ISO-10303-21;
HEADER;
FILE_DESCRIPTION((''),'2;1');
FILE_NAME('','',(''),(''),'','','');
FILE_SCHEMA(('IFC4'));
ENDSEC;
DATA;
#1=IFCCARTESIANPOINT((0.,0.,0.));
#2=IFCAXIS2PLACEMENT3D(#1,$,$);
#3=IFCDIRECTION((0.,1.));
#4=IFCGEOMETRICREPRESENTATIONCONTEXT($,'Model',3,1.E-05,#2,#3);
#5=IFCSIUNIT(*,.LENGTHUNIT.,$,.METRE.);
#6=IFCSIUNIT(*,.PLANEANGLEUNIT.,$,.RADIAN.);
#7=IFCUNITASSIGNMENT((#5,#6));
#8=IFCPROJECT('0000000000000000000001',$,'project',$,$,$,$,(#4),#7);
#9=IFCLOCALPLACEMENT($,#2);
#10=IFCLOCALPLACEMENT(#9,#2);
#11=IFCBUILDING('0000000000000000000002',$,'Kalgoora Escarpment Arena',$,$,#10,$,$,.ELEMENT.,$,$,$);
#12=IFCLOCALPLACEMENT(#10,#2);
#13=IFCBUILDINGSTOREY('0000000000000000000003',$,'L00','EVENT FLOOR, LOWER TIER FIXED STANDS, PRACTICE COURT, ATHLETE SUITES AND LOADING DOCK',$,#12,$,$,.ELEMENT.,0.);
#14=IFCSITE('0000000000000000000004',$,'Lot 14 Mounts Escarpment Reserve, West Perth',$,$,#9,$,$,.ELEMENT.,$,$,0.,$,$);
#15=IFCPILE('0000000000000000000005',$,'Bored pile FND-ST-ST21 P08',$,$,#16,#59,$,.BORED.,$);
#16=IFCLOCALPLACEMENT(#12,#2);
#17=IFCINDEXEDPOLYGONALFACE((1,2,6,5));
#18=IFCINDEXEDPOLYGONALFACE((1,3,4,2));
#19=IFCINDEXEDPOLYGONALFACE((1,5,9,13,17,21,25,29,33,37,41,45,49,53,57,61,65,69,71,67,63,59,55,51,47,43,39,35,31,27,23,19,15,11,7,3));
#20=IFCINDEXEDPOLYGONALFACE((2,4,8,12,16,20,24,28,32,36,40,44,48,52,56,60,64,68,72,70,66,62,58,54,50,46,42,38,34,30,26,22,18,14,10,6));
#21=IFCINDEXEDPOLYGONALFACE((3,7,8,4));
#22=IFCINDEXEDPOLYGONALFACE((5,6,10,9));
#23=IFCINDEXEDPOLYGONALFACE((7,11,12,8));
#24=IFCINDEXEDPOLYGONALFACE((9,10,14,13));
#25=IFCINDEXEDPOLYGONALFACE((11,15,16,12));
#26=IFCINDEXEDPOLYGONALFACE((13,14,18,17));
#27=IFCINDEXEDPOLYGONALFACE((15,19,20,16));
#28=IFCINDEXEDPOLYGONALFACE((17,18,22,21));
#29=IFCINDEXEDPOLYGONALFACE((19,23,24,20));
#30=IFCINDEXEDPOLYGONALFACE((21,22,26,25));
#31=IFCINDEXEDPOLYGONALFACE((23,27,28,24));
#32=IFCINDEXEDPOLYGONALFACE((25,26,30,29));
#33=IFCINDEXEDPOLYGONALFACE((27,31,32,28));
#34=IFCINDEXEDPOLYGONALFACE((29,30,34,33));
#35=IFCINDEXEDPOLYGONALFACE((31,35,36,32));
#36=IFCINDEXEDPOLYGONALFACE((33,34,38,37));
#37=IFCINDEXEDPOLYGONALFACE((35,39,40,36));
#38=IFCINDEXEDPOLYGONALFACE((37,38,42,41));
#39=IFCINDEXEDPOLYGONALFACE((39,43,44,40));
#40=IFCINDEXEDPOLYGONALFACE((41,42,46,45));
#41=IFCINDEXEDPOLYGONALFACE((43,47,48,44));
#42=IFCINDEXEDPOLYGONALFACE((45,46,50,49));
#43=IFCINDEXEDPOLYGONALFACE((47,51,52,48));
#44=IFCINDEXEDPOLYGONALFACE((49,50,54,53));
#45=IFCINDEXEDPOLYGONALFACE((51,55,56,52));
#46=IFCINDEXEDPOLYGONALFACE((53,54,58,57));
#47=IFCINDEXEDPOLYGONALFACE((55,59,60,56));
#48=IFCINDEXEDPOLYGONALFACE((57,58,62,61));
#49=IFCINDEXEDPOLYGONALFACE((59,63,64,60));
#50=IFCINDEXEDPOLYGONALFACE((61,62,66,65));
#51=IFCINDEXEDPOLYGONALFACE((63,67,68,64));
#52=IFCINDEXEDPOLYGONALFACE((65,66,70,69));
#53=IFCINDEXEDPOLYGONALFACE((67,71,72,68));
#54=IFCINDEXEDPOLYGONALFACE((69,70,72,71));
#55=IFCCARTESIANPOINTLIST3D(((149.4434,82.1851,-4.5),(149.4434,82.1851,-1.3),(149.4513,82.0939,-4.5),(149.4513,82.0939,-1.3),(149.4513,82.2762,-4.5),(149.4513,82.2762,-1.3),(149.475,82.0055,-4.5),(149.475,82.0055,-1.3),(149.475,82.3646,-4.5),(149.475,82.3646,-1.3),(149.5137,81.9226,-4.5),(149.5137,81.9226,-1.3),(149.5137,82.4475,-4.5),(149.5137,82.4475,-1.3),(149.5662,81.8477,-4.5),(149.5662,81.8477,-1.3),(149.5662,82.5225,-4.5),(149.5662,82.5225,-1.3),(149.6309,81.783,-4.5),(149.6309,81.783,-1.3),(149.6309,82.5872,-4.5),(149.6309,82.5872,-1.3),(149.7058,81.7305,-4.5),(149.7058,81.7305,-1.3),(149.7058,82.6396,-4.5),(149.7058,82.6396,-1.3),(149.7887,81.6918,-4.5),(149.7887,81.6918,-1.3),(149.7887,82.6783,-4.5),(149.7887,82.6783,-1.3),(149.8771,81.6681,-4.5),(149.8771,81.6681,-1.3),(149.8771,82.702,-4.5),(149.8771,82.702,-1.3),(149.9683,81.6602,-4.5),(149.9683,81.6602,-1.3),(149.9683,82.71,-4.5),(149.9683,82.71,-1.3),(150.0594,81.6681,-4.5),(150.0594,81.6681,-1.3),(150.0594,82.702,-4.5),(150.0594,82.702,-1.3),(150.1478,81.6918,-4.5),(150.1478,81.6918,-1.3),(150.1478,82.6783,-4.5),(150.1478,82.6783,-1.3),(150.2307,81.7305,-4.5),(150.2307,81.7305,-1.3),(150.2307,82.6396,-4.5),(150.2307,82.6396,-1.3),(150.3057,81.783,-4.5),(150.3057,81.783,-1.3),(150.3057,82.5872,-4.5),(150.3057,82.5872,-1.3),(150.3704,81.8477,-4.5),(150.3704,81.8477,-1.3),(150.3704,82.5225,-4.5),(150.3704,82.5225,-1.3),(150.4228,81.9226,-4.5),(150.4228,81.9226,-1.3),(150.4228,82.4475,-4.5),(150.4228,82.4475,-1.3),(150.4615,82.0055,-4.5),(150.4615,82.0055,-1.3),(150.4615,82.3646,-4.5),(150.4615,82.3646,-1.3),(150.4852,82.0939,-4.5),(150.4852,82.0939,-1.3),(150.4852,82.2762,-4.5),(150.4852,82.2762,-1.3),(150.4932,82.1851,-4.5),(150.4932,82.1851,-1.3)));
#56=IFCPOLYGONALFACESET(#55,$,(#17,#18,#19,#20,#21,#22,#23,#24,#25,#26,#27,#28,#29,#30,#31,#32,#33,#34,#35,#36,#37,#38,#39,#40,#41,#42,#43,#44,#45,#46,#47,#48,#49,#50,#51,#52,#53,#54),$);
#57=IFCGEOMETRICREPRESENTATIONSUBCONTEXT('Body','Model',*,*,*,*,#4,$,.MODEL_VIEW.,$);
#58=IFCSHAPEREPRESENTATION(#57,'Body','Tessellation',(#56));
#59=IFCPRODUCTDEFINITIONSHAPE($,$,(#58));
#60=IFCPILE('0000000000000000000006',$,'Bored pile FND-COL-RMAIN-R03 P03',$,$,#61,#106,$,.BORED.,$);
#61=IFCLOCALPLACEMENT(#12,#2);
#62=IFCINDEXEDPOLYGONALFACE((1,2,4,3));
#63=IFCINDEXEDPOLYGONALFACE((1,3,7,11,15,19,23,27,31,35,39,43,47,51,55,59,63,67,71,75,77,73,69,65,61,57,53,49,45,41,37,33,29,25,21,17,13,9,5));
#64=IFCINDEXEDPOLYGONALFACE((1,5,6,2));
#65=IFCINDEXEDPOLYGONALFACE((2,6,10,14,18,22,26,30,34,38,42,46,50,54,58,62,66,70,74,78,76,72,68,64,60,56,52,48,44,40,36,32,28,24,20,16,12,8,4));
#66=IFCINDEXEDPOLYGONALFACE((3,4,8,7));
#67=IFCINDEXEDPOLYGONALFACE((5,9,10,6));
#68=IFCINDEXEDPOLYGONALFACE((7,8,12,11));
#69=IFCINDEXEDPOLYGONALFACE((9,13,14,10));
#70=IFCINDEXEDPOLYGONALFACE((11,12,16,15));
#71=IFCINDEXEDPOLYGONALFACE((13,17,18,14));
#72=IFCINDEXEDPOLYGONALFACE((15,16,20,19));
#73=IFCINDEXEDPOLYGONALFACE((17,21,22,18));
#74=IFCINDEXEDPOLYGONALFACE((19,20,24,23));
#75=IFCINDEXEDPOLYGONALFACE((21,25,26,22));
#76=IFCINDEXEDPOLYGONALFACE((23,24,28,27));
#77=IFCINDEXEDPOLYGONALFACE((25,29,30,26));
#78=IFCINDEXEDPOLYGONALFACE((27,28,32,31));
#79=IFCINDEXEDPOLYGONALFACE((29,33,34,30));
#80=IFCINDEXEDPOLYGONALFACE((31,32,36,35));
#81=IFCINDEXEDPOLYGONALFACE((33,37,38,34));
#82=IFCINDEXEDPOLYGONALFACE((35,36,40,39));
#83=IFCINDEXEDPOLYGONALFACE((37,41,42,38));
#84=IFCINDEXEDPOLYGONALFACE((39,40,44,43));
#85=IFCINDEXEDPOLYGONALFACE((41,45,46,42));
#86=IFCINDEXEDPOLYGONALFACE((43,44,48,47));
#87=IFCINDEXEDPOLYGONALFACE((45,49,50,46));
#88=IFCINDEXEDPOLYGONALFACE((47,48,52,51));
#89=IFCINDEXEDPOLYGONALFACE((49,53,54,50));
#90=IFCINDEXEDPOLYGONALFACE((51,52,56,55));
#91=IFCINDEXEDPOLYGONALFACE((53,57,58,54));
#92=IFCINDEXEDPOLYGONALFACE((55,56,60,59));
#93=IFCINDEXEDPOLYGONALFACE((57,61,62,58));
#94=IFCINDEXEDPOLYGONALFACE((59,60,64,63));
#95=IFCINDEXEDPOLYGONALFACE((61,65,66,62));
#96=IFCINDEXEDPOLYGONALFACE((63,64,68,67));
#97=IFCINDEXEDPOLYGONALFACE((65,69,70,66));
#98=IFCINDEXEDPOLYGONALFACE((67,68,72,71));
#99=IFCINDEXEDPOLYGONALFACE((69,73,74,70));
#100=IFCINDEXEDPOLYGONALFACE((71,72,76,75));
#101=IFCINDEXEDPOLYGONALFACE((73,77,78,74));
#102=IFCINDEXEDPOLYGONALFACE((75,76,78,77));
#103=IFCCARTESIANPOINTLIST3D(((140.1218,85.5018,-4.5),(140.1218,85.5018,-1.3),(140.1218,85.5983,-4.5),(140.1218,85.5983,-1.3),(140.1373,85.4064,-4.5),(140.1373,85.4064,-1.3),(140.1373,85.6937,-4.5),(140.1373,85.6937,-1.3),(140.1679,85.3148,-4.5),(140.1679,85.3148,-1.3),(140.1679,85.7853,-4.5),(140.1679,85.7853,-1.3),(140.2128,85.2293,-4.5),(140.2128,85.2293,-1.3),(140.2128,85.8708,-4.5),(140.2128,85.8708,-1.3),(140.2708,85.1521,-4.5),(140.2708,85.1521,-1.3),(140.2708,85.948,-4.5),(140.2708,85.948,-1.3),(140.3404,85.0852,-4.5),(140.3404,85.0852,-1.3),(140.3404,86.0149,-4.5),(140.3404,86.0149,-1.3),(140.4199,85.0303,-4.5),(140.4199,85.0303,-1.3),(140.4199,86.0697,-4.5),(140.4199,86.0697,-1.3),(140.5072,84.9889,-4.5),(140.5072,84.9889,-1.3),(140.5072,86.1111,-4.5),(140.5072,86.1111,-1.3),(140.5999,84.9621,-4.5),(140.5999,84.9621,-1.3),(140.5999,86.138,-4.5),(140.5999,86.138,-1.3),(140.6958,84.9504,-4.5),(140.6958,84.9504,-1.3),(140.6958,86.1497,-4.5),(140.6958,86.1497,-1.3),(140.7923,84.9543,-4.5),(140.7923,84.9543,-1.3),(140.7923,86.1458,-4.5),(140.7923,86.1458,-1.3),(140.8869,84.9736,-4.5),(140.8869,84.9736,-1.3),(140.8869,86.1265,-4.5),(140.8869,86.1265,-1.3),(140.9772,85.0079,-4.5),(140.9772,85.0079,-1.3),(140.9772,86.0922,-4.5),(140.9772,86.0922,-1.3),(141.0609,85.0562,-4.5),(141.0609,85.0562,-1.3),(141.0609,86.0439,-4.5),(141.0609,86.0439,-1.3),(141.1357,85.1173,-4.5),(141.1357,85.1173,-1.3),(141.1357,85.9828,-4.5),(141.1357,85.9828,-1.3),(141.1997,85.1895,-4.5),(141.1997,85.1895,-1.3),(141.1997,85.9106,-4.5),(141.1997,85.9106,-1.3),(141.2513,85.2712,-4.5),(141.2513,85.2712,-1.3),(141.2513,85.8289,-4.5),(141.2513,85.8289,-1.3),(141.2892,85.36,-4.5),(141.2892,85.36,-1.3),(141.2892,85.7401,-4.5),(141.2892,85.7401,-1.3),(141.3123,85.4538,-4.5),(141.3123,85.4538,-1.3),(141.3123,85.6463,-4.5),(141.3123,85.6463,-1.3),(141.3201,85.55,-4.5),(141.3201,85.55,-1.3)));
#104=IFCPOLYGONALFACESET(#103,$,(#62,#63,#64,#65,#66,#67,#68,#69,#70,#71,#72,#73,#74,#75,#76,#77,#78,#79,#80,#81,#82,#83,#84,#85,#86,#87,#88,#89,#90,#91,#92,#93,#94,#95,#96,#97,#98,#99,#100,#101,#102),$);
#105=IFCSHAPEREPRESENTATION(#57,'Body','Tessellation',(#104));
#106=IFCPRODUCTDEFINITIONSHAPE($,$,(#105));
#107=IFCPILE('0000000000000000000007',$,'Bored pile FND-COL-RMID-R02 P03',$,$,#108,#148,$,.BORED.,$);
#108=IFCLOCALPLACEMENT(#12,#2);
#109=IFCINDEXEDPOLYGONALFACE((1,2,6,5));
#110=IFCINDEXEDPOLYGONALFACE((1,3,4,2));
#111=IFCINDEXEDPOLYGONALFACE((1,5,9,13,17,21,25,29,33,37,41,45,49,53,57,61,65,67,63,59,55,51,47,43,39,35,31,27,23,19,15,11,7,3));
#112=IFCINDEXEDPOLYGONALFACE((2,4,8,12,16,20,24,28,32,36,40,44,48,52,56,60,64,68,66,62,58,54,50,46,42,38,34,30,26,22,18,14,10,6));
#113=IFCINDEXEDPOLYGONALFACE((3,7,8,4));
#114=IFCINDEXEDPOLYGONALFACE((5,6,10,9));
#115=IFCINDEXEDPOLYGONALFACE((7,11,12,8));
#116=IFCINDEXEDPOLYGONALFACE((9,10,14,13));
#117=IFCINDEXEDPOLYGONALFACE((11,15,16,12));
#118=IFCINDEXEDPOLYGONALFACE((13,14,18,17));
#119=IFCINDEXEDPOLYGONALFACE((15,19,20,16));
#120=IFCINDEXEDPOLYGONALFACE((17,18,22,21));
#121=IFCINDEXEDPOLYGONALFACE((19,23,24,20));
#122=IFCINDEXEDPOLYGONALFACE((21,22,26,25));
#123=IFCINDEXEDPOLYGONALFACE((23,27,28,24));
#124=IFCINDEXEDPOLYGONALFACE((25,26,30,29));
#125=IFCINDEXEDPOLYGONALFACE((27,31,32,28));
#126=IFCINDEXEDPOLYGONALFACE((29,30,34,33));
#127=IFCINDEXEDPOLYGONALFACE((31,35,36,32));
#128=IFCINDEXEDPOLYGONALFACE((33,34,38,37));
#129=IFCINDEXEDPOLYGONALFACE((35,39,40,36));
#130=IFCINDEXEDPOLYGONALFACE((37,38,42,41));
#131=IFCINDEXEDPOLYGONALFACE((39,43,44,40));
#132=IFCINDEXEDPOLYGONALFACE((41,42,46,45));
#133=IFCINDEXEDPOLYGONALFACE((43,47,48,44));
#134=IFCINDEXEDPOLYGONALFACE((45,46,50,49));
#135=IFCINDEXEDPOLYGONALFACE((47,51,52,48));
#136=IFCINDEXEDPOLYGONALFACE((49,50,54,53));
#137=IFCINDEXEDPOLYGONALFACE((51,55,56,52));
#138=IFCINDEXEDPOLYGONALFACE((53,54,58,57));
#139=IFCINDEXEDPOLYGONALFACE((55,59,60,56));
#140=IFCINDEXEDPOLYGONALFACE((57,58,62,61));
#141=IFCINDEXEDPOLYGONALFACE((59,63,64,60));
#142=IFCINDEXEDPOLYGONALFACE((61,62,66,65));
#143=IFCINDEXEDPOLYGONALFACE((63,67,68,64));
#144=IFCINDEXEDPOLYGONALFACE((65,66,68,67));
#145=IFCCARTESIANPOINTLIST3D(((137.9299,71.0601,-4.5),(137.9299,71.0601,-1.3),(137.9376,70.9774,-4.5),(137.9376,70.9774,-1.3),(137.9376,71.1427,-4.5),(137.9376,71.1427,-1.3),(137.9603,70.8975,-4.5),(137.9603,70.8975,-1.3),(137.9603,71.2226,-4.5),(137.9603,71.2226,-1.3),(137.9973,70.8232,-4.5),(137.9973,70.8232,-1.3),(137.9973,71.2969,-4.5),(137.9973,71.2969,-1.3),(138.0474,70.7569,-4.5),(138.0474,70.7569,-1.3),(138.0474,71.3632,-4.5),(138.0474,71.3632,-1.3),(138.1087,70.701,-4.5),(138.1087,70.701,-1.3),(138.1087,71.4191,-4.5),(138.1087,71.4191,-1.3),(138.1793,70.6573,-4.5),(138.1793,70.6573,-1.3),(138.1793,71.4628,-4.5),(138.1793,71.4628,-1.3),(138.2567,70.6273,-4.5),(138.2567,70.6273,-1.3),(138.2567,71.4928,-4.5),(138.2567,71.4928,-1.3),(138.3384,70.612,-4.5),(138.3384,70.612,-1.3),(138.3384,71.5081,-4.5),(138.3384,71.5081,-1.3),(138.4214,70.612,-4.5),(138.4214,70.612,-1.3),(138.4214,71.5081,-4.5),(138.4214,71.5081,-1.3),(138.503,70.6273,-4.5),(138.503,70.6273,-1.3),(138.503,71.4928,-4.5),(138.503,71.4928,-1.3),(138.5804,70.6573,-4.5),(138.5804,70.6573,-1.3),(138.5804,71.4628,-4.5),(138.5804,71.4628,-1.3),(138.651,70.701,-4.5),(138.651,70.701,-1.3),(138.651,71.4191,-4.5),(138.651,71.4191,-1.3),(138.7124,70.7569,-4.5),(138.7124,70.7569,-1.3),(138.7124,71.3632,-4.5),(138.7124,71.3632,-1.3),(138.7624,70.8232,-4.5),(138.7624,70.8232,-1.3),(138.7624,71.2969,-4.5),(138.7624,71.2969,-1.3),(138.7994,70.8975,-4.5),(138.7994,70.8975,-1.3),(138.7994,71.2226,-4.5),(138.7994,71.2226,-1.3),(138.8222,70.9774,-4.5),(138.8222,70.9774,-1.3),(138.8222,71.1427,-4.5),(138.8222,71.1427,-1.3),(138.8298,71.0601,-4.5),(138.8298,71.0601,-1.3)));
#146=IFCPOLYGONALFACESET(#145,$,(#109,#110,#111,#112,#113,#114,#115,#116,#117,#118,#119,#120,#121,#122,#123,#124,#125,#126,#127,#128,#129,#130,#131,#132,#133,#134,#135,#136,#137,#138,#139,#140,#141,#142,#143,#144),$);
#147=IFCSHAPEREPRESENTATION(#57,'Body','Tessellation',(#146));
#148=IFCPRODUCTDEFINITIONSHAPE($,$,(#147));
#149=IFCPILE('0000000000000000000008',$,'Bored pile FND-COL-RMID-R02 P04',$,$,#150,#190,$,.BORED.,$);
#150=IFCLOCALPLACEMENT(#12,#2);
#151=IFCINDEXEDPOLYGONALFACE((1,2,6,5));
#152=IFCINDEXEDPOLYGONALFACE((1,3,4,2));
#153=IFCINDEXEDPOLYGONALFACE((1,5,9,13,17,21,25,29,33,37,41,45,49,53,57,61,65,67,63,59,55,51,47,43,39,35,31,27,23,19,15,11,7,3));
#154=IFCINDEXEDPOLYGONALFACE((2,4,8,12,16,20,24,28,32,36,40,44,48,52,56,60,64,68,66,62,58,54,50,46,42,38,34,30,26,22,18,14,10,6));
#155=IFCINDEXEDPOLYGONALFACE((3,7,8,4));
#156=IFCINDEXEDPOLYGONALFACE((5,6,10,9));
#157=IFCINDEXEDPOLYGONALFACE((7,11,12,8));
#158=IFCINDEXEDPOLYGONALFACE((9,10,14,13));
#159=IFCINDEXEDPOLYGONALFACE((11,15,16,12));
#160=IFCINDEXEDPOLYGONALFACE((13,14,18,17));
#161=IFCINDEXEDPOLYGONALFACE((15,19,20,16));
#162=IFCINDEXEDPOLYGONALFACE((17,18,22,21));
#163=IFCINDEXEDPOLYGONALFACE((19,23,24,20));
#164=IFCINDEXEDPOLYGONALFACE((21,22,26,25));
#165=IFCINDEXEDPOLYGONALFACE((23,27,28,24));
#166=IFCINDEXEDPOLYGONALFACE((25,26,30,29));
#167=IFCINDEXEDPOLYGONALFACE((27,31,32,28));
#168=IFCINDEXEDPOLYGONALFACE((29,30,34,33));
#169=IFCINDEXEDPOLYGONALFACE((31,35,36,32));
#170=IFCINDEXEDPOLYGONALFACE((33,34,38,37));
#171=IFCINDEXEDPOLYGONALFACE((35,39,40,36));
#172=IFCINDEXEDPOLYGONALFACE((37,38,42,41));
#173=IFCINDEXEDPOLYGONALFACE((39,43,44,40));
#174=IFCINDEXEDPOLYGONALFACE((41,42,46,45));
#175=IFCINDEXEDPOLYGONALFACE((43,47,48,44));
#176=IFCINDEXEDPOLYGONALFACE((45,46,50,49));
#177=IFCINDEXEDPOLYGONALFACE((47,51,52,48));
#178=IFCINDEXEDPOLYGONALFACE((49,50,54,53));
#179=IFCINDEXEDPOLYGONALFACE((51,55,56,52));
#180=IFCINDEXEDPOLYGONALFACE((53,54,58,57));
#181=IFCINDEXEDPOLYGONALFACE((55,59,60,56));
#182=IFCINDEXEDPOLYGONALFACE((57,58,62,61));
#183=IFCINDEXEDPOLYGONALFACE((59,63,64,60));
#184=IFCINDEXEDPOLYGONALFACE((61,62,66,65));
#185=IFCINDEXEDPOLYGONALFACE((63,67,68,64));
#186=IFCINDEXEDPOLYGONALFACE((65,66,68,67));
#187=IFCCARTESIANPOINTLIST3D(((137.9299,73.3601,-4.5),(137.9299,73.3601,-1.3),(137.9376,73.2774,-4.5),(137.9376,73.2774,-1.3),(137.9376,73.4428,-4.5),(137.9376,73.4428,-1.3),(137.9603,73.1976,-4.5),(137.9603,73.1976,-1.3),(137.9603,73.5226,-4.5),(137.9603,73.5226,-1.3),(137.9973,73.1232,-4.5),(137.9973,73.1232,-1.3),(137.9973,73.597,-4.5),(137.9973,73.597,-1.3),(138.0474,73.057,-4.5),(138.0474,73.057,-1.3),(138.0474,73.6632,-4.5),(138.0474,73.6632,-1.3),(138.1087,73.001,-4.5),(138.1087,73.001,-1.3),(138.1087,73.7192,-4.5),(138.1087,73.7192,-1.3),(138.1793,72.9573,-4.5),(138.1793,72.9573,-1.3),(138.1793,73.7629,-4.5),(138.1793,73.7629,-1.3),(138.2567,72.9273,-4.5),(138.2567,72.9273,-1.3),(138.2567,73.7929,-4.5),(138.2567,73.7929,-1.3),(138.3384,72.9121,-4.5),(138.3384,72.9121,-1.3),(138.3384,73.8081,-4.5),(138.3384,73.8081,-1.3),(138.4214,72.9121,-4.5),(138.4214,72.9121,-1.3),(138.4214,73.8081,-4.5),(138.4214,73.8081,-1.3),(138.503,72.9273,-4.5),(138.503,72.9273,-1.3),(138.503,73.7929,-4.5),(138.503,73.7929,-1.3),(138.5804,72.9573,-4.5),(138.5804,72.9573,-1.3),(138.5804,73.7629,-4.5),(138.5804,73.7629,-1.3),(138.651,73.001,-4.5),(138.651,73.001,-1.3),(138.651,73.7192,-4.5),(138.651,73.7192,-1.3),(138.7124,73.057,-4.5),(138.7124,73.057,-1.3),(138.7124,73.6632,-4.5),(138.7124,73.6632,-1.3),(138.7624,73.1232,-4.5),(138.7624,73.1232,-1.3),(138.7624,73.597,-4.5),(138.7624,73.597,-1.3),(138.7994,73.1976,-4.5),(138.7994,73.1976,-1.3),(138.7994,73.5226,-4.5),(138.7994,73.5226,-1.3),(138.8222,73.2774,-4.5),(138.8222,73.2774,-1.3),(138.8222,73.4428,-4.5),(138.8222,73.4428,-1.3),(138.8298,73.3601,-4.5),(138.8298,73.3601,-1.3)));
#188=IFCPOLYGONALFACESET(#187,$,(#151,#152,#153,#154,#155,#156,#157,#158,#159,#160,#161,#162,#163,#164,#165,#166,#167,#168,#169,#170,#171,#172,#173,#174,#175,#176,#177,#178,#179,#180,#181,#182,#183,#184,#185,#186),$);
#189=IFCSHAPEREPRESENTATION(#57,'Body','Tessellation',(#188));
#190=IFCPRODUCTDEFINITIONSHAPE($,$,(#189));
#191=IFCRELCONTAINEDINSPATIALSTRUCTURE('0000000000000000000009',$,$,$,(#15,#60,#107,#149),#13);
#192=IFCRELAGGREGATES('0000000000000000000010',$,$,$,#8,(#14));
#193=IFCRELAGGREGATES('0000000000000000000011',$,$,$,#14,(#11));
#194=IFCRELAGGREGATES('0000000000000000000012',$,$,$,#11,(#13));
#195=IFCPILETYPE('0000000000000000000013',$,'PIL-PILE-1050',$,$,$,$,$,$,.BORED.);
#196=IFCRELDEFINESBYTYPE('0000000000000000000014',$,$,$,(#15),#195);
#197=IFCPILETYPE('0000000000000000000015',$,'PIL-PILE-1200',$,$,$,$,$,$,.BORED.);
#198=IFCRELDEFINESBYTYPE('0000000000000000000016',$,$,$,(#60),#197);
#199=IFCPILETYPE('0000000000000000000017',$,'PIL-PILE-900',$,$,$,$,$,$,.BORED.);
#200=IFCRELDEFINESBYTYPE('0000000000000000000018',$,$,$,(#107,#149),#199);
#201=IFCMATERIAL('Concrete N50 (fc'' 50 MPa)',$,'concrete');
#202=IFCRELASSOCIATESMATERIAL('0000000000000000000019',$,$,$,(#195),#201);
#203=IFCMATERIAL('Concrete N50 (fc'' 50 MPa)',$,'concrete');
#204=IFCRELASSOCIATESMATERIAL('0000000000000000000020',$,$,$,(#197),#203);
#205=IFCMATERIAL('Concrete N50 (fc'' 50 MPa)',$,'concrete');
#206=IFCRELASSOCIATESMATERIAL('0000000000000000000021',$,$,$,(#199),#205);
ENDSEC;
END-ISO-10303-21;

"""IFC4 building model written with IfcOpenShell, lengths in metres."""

from ifc_helpers import new_model, si_unit, direction, frame, origin, origin_2d, place, context, subcontext, project, spatial, circle, extrude, material, material_profile, profile_set, type_object, element, save


model = new_model("IFC4")

# Units and contexts
model_context = context("Model", 3, precision=1e-05, world=origin(), true_north=direction((0.0, 1.0)))
body_context = subcontext(model_context, "Body", "Model", "MODEL_VIEW")
ifc_project = project(units=[si_unit("LENGTHUNIT", "METRE"), si_unit("PLANEANGLEUNIT", "RADIAN")], contexts=[model_context])

# Site, building, storey
site_placement = place(None, origin())
site = spatial("IfcSite", under=ifc_project, at=site_placement, Name="Lot 14 Mounts Escarpment Reserve, West Perth", CompositionType="ELEMENT", RefElevation=0.0)
building_placement = place(site_placement, origin())
building = spatial("IfcBuilding", under=site, at=building_placement, Name="Kalgoora Escarpment Arena", CompositionType="ELEMENT")
storey_placement = place(building_placement, origin())
storey = spatial("IfcBuildingStorey", under=building, at=storey_placement, Name="L00", Description="EVENT FLOOR, LOWER TIER FIXED STANDS, PRACTICE COURT, ATHLETE SUITES AND LOADING DOCK", CompositionType="ELEMENT", Elevation=0.0)

# Piles
ifc_material_1 = material(Name="Concrete N50 (fc' 50 MPa)", Category="concrete")
ifc_material_profile_1 = material_profile(ifc_material_1, circle(Radius=0.5249, at=origin_2d()))
ifc_profile_set_1 = profile_set([ifc_material_profile_1], Name="Concrete N50 (fc' 50 MPa)")
pile_type_1 = type_object("IfcPileType", Name="PIL-PILE-1050", PredefinedType="BORED", material=ifc_profile_set_1)
for number, where, z_axis, x_axis, name in (
    (1, (149.9683, 82.1851, -1.3), (0.0, 0.0, -1.0), (1.0, 0.0, 0.0), "Bored pile FND-ST-ST21 P08"),
):
    element("IfcPile", number, at=place(storey_placement, frame(where, z_axis=z_axis, x_axis=x_axis)), inside=storey, type_object=pile_type_1, Name=name, PredefinedType="BORED", context=body_context, shape_type="SweptSolid", body=[
        extrude(circle(Radius=0.5249, at=origin_2d()), origin(), (0.0, 0.0, 1.0), 3.2),
    ])
ifc_material_2 = material(Name="Concrete N50 (fc' 50 MPa)", Category="concrete")
ifc_material_profile_2 = material_profile(ifc_material_2, circle(Radius=0.6001, at=origin_2d()))
ifc_profile_set_2 = profile_set([ifc_material_profile_2], Name="Concrete N50 (fc' 50 MPa)")
pile_type_2 = type_object("IfcPileType", Name="PIL-PILE-1200", PredefinedType="BORED", material=ifc_profile_set_2)
pile_placement = place(storey_placement, frame((140.72, 85.55, -1.3), z_axis=(0.0, 0.0, -1.0), x_axis=(1.0, 0.0, 0.0)))
element("IfcPile", 2, at=pile_placement, inside=storey, type_object=pile_type_2, Name="Bored pile FND-COL-RMAIN-R03 P03", PredefinedType="BORED", context=body_context, shape_type="SweptSolid", body=[
    extrude(circle(Radius=0.6001, at=origin_2d()), origin(), (0.0, 0.0, 1.0), 3.2),
])
ifc_material_3 = material(Name="Concrete N50 (fc' 50 MPa)", Category="concrete")
ifc_material_profile_3 = material_profile(ifc_material_3, circle(Radius=0.45, at=origin_2d()))
ifc_profile_set_3 = profile_set([ifc_material_profile_3], Name="Concrete N50 (fc' 50 MPa)")
pile_type_3 = type_object("IfcPileType", Name="PIL-PILE-900", PredefinedType="BORED", material=ifc_profile_set_3)
for number, where, z_axis, x_axis, name in (
    (3, (138.3799, 71.0601, -1.3), (0.0, 0.0, -1.0), (1.0, 0.0, 0.0), "Bored pile FND-COL-RMID-R02 P03"),
    (4, (138.3799, 73.3601, -1.3), (0.0, 0.0, -1.0), (1.0, 0.0, 0.0), "Bored pile FND-COL-RMID-R02 P04"),
):
    element("IfcPile", number, at=place(storey_placement, frame(where, z_axis=z_axis, x_axis=x_axis)), inside=storey, type_object=pile_type_3, Name=name, PredefinedType="BORED", context=body_context, shape_type="SweptSolid", body=[
        extrude(circle(Radius=0.45, at=origin_2d()), origin(), (0.0, 0.0, 1.0), 3.2),
    ])

save(model, "model.ifc")
